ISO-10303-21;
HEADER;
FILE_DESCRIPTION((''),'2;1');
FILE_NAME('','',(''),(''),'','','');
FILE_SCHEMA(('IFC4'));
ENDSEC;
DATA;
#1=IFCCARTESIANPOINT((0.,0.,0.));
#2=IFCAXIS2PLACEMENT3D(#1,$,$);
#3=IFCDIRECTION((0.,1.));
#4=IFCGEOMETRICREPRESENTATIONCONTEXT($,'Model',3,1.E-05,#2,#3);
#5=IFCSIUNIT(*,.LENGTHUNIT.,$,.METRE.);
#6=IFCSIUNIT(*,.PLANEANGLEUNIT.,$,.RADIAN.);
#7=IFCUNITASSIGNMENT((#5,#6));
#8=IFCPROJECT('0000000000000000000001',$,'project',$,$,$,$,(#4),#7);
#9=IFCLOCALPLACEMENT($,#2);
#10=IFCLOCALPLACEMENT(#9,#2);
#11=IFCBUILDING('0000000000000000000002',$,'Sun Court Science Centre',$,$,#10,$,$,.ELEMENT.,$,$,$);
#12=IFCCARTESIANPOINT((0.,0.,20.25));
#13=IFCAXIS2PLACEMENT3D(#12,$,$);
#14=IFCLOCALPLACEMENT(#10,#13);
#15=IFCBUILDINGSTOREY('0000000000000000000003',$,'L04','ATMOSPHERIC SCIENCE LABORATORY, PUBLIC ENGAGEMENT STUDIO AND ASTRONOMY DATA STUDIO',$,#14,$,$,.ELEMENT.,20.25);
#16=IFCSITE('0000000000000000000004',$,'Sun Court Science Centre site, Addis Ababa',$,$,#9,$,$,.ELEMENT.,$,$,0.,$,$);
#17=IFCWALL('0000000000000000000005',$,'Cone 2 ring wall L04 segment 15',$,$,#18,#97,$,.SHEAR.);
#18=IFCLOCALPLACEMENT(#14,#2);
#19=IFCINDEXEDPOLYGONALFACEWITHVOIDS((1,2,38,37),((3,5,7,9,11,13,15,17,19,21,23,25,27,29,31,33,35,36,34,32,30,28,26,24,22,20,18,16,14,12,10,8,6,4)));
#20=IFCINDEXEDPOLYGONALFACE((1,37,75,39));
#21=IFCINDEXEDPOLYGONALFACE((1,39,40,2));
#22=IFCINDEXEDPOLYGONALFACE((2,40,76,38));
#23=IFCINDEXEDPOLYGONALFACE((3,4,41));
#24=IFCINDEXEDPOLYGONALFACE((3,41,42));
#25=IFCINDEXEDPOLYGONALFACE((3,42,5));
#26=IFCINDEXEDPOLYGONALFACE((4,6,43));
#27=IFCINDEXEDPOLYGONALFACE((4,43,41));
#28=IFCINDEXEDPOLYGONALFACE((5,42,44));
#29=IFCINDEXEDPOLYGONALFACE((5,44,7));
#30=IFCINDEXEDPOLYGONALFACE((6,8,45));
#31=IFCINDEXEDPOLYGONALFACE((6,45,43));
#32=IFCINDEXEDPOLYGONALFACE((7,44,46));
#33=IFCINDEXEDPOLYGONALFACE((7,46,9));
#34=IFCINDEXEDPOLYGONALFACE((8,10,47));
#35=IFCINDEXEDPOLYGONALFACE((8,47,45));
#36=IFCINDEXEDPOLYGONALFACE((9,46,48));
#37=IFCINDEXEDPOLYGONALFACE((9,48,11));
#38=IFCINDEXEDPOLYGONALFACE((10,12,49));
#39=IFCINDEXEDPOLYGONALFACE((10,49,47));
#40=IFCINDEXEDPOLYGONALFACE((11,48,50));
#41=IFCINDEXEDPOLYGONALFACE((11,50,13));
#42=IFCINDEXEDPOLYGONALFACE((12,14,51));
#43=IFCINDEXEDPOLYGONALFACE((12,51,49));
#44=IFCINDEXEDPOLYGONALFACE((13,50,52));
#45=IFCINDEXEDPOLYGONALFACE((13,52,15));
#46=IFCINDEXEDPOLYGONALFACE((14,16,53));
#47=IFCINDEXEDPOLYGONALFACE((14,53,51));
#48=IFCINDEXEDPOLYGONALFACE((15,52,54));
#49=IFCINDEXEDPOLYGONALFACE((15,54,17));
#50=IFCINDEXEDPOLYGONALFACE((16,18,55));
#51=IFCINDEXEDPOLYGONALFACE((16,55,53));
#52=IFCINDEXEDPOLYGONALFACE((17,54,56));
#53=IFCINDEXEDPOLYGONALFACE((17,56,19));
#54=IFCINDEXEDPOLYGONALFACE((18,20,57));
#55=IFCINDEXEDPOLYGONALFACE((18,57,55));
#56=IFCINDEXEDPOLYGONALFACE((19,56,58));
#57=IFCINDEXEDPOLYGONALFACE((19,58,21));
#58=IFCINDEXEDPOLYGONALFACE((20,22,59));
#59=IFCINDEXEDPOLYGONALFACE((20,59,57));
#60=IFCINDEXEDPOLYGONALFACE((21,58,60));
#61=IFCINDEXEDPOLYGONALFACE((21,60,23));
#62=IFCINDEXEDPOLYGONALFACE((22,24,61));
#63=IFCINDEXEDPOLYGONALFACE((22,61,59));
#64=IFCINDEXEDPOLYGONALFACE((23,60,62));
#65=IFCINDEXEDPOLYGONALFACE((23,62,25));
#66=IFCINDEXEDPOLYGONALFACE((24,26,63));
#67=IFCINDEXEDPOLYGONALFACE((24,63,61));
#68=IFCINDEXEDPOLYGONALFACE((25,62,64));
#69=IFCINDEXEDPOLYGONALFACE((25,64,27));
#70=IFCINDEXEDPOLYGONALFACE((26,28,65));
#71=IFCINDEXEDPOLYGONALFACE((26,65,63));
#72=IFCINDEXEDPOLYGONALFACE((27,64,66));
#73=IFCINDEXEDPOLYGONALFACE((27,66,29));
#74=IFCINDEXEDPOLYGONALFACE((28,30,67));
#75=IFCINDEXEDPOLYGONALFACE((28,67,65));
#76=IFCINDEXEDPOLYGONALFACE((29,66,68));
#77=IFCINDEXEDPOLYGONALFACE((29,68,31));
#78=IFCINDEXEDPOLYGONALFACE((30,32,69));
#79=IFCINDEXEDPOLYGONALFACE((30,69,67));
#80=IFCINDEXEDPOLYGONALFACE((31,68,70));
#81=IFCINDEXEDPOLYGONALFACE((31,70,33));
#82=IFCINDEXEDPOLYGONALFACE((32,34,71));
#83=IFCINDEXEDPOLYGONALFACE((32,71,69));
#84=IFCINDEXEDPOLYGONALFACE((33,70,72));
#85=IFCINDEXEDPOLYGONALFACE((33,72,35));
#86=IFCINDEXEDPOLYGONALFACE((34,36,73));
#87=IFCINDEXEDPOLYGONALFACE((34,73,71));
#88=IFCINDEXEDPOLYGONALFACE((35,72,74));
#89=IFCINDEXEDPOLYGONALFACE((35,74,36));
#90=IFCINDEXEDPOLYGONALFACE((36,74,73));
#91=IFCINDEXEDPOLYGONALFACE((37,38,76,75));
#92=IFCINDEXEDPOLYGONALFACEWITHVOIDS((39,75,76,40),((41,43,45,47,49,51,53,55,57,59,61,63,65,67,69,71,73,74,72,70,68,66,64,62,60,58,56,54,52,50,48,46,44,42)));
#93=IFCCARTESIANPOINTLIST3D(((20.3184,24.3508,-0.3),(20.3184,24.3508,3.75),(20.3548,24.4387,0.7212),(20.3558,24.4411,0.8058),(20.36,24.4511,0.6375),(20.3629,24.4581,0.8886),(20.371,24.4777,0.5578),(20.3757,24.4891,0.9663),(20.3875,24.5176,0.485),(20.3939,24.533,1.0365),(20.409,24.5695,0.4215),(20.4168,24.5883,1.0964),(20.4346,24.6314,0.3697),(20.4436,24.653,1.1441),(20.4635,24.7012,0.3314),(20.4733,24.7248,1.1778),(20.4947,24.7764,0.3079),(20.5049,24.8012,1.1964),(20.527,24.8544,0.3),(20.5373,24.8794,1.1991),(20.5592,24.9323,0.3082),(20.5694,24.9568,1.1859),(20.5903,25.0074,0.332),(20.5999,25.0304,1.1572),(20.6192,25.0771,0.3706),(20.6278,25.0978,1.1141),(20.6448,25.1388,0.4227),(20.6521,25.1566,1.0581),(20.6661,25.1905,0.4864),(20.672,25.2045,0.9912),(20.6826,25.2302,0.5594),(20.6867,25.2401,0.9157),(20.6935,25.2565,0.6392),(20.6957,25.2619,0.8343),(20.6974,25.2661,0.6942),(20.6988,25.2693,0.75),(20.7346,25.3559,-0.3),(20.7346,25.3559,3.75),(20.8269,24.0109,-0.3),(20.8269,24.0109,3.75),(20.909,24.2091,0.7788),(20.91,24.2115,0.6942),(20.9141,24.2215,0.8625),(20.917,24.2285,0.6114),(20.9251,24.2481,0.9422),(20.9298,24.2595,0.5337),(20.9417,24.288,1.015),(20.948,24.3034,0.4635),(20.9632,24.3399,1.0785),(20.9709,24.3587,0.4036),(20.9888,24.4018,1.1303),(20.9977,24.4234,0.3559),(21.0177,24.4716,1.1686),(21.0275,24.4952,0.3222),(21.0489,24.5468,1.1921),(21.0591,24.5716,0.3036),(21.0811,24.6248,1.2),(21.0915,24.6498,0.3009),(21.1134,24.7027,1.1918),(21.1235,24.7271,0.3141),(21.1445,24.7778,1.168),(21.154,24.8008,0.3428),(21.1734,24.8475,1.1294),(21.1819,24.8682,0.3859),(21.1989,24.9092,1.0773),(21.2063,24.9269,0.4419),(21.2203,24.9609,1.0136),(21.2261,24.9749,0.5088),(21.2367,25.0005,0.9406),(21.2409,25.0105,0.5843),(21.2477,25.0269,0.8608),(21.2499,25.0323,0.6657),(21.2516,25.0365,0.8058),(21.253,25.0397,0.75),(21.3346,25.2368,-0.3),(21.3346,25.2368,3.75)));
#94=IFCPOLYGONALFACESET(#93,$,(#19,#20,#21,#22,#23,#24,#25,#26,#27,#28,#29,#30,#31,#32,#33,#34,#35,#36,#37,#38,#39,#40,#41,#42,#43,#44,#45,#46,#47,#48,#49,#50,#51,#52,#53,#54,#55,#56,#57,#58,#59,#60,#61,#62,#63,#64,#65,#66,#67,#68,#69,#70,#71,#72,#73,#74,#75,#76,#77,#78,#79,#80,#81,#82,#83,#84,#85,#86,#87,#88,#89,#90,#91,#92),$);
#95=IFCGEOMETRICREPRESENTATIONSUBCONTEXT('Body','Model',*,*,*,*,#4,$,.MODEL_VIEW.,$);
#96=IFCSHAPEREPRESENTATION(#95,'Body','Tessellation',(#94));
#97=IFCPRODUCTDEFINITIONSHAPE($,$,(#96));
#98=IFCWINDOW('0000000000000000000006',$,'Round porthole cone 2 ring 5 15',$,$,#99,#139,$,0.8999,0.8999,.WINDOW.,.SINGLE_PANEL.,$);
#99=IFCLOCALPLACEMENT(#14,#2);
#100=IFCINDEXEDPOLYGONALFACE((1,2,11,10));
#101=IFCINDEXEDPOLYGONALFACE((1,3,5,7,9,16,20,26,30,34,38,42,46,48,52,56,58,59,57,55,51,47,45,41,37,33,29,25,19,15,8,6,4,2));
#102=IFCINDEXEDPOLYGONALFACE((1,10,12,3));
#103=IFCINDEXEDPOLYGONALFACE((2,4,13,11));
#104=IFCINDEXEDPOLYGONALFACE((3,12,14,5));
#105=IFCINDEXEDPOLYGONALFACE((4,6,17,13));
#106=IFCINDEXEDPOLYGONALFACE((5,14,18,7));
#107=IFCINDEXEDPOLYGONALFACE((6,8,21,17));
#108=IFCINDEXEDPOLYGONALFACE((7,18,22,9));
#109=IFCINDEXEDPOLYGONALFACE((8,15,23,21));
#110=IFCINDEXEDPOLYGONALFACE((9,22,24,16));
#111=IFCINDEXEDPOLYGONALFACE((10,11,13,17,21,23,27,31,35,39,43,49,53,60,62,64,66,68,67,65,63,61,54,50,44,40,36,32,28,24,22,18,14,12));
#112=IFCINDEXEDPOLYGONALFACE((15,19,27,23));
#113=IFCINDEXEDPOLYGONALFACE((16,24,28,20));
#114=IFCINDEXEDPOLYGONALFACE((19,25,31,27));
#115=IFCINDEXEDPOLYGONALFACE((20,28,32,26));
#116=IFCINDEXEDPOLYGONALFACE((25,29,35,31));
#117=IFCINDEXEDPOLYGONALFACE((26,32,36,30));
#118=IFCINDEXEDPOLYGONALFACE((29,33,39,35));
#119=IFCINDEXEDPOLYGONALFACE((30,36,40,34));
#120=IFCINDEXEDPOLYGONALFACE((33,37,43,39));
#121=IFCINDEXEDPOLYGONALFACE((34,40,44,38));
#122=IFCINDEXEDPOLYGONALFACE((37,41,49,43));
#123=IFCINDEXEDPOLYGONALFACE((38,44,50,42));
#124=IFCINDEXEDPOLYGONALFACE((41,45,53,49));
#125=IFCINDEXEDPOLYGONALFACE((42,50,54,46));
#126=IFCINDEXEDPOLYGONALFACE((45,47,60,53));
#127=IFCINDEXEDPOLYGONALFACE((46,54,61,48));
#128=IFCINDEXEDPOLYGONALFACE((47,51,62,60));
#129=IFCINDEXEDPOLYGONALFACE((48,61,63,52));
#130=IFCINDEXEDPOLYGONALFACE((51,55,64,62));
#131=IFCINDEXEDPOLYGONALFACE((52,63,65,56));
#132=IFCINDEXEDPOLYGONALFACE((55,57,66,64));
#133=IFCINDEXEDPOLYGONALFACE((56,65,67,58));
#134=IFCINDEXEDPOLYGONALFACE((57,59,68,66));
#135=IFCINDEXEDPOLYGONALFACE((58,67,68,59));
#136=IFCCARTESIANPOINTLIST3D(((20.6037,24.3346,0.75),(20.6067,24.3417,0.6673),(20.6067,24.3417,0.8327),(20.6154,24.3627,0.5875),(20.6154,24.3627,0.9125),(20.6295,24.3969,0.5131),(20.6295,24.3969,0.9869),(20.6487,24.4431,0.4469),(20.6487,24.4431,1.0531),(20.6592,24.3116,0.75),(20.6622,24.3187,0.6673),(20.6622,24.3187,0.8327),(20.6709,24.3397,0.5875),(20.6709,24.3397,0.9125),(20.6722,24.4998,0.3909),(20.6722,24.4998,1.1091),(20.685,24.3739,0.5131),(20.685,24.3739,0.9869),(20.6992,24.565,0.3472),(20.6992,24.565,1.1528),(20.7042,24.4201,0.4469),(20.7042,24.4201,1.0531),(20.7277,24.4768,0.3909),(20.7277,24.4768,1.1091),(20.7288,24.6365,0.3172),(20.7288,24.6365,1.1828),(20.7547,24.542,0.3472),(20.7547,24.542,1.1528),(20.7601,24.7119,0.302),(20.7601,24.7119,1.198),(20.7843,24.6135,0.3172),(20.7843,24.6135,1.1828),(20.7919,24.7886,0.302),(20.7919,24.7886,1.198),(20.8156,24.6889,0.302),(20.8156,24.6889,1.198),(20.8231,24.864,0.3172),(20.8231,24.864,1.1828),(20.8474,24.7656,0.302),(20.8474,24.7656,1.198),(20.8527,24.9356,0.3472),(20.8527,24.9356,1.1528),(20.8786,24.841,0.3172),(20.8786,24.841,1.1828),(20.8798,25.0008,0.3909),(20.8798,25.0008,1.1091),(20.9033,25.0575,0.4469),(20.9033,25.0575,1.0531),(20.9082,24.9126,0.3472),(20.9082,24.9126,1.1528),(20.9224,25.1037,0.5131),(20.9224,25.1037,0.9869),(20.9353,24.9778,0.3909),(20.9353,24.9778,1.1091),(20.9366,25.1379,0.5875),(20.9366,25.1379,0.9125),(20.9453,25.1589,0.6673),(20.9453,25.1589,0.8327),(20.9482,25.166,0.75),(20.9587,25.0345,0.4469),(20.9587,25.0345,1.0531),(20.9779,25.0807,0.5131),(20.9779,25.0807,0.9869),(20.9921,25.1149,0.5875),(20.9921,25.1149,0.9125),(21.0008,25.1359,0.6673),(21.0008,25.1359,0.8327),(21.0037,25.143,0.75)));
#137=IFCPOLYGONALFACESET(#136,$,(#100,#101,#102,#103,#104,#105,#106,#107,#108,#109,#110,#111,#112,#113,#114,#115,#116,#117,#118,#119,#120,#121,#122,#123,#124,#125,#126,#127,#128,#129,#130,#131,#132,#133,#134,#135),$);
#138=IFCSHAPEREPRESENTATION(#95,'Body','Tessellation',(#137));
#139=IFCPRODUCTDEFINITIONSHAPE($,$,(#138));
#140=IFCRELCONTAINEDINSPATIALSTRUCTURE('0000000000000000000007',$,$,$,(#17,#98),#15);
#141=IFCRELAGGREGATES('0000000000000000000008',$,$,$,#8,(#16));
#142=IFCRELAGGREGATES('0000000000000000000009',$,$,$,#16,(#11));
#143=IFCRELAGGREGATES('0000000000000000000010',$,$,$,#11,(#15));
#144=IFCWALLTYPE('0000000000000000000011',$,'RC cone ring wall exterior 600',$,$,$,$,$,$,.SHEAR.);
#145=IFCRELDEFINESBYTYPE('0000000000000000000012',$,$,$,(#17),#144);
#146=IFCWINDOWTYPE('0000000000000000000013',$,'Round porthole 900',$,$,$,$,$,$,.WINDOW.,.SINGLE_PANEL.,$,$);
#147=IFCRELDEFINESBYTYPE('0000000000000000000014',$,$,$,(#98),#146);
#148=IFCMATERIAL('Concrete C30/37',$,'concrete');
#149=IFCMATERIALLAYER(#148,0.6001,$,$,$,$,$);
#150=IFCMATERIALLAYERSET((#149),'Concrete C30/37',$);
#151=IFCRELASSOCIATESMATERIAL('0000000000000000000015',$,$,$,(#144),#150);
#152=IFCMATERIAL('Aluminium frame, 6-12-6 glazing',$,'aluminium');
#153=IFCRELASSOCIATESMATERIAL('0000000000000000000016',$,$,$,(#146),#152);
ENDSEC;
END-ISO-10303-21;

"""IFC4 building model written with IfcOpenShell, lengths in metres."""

from ifc_helpers import new_model, si_unit, direction, frame, frame_2d, origin, place, context, subcontext, project, spatial, polyline, circle, outline, extrude, material, layer, layer_set, type_object, element, fill, save


model = new_model("IFC4")

# Units and contexts
model_context = context("Model", 3, precision=1e-05, world=origin(), true_north=direction((0.0, 1.0)))
body_context = subcontext(model_context, "Body", "Model", "MODEL_VIEW")
ifc_project = project(units=[si_unit("LENGTHUNIT", "METRE"), si_unit("PLANEANGLEUNIT", "RADIAN")], contexts=[model_context])

# Site, building, storey
site_placement = place(None, origin())
site = spatial("IfcSite", under=ifc_project, at=site_placement, Name="Sun Court Science Centre site, Addis Ababa", CompositionType="ELEMENT", RefElevation=0.0)
building_placement = place(site_placement, origin())
building = spatial("IfcBuilding", under=site, at=building_placement, Name="Sun Court Science Centre", CompositionType="ELEMENT")
storey_placement = place(building_placement, frame((0.0, 0.0, 20.25)))
storey = spatial("IfcBuildingStorey", under=building, at=storey_placement, Name="L04", Description="ATMOSPHERIC SCIENCE LABORATORY, PUBLIC ENGAGEMENT STUDIO AND ASTRONOMY DATA STUDIO", CompositionType="ELEMENT", Elevation=20.25)

# Wall, opening, window
ifc_material_1 = material(Name="Concrete C30/37", Category="concrete")
ifc_layer = layer(ifc_material_1, 0.6001)
ifc_layer_set = layer_set([ifc_layer], Name="Concrete C30/37")
wall_type = type_object("IfcWallType", Name="RC cone ring wall exterior 600", PredefinedType="SHEAR", material=ifc_layer_set)
ifc_material_2 = material(Name="Aluminium frame, 6-12-6 glazing", Category="aluminium")
window_type = type_object("IfcWindowType", Name="Round porthole 900", PartitioningType="SINGLE_PANEL", PredefinedType="WINDOW", material=ifc_material_2)
wall_1_placement = place(storey_placement, frame((20.5498, 24.126, -0.3), z_axis=(0.0, 0.0, 1.0), x_axis=(0.382785, 0.923837, 0.0)))
wall_1 = element("IfcWall", 1, at=wall_1_placement, inside=storey, type_object=wall_type, Name="Cone 2 ring wall L04 segment 15", PredefinedType="SHEAR", context=body_context, shape_type="SweptSolid", body=[
    extrude(outline(polyline([(-0.0002, -0.3), (1.3267, -0.2998), (1.207, 0.3), (0.1191, 0.2998), (-0.0002, -0.3)])), origin(), (0.0, 0.0, 1.0), 4.05),
])
opening_1_placement = place(wall_1_placement, frame((0.2134, 0.0, 0.6001)))
opening_1 = element("IfcOpeningElement", 2, at=opening_1_placement, cuts=wall_1, PredefinedType="OPENING", context=body_context, shape_type="SweptSolid", body=[
    extrude(circle(Radius=0.45, at=frame_2d((0.45, 0.45))), frame((0.0, 0.3101, 0.0), z_axis=(0.0, -1.0, 0.0), x_axis=(1.0, 0.0, 0.0)), (0.0, 0.0, 1.0), 0.6201),
])
window_1_placement = place(opening_1_placement, origin())
window_1 = element("IfcWindow", 3, at=window_1_placement, inside=storey, type_object=window_type, Name="Round porthole cone 2 ring 5 15", OverallHeight=0.8999, OverallWidth=0.8999, PartitioningType="SINGLE_PANEL", PredefinedType="WINDOW", context=body_context, shape_type="SweptSolid", body=[
    extrude(circle(Radius=0.45, at=frame_2d((0.45, 0.45))), frame((0.0, 0.03, 0.0), z_axis=(0.0, -1.0, 0.0), x_axis=(1.0, 0.0, 0.0)), (0.0, 0.0, 1.0), 0.0601),
])
fill(opening_1, window_1)

save(model, "model.ifc")
